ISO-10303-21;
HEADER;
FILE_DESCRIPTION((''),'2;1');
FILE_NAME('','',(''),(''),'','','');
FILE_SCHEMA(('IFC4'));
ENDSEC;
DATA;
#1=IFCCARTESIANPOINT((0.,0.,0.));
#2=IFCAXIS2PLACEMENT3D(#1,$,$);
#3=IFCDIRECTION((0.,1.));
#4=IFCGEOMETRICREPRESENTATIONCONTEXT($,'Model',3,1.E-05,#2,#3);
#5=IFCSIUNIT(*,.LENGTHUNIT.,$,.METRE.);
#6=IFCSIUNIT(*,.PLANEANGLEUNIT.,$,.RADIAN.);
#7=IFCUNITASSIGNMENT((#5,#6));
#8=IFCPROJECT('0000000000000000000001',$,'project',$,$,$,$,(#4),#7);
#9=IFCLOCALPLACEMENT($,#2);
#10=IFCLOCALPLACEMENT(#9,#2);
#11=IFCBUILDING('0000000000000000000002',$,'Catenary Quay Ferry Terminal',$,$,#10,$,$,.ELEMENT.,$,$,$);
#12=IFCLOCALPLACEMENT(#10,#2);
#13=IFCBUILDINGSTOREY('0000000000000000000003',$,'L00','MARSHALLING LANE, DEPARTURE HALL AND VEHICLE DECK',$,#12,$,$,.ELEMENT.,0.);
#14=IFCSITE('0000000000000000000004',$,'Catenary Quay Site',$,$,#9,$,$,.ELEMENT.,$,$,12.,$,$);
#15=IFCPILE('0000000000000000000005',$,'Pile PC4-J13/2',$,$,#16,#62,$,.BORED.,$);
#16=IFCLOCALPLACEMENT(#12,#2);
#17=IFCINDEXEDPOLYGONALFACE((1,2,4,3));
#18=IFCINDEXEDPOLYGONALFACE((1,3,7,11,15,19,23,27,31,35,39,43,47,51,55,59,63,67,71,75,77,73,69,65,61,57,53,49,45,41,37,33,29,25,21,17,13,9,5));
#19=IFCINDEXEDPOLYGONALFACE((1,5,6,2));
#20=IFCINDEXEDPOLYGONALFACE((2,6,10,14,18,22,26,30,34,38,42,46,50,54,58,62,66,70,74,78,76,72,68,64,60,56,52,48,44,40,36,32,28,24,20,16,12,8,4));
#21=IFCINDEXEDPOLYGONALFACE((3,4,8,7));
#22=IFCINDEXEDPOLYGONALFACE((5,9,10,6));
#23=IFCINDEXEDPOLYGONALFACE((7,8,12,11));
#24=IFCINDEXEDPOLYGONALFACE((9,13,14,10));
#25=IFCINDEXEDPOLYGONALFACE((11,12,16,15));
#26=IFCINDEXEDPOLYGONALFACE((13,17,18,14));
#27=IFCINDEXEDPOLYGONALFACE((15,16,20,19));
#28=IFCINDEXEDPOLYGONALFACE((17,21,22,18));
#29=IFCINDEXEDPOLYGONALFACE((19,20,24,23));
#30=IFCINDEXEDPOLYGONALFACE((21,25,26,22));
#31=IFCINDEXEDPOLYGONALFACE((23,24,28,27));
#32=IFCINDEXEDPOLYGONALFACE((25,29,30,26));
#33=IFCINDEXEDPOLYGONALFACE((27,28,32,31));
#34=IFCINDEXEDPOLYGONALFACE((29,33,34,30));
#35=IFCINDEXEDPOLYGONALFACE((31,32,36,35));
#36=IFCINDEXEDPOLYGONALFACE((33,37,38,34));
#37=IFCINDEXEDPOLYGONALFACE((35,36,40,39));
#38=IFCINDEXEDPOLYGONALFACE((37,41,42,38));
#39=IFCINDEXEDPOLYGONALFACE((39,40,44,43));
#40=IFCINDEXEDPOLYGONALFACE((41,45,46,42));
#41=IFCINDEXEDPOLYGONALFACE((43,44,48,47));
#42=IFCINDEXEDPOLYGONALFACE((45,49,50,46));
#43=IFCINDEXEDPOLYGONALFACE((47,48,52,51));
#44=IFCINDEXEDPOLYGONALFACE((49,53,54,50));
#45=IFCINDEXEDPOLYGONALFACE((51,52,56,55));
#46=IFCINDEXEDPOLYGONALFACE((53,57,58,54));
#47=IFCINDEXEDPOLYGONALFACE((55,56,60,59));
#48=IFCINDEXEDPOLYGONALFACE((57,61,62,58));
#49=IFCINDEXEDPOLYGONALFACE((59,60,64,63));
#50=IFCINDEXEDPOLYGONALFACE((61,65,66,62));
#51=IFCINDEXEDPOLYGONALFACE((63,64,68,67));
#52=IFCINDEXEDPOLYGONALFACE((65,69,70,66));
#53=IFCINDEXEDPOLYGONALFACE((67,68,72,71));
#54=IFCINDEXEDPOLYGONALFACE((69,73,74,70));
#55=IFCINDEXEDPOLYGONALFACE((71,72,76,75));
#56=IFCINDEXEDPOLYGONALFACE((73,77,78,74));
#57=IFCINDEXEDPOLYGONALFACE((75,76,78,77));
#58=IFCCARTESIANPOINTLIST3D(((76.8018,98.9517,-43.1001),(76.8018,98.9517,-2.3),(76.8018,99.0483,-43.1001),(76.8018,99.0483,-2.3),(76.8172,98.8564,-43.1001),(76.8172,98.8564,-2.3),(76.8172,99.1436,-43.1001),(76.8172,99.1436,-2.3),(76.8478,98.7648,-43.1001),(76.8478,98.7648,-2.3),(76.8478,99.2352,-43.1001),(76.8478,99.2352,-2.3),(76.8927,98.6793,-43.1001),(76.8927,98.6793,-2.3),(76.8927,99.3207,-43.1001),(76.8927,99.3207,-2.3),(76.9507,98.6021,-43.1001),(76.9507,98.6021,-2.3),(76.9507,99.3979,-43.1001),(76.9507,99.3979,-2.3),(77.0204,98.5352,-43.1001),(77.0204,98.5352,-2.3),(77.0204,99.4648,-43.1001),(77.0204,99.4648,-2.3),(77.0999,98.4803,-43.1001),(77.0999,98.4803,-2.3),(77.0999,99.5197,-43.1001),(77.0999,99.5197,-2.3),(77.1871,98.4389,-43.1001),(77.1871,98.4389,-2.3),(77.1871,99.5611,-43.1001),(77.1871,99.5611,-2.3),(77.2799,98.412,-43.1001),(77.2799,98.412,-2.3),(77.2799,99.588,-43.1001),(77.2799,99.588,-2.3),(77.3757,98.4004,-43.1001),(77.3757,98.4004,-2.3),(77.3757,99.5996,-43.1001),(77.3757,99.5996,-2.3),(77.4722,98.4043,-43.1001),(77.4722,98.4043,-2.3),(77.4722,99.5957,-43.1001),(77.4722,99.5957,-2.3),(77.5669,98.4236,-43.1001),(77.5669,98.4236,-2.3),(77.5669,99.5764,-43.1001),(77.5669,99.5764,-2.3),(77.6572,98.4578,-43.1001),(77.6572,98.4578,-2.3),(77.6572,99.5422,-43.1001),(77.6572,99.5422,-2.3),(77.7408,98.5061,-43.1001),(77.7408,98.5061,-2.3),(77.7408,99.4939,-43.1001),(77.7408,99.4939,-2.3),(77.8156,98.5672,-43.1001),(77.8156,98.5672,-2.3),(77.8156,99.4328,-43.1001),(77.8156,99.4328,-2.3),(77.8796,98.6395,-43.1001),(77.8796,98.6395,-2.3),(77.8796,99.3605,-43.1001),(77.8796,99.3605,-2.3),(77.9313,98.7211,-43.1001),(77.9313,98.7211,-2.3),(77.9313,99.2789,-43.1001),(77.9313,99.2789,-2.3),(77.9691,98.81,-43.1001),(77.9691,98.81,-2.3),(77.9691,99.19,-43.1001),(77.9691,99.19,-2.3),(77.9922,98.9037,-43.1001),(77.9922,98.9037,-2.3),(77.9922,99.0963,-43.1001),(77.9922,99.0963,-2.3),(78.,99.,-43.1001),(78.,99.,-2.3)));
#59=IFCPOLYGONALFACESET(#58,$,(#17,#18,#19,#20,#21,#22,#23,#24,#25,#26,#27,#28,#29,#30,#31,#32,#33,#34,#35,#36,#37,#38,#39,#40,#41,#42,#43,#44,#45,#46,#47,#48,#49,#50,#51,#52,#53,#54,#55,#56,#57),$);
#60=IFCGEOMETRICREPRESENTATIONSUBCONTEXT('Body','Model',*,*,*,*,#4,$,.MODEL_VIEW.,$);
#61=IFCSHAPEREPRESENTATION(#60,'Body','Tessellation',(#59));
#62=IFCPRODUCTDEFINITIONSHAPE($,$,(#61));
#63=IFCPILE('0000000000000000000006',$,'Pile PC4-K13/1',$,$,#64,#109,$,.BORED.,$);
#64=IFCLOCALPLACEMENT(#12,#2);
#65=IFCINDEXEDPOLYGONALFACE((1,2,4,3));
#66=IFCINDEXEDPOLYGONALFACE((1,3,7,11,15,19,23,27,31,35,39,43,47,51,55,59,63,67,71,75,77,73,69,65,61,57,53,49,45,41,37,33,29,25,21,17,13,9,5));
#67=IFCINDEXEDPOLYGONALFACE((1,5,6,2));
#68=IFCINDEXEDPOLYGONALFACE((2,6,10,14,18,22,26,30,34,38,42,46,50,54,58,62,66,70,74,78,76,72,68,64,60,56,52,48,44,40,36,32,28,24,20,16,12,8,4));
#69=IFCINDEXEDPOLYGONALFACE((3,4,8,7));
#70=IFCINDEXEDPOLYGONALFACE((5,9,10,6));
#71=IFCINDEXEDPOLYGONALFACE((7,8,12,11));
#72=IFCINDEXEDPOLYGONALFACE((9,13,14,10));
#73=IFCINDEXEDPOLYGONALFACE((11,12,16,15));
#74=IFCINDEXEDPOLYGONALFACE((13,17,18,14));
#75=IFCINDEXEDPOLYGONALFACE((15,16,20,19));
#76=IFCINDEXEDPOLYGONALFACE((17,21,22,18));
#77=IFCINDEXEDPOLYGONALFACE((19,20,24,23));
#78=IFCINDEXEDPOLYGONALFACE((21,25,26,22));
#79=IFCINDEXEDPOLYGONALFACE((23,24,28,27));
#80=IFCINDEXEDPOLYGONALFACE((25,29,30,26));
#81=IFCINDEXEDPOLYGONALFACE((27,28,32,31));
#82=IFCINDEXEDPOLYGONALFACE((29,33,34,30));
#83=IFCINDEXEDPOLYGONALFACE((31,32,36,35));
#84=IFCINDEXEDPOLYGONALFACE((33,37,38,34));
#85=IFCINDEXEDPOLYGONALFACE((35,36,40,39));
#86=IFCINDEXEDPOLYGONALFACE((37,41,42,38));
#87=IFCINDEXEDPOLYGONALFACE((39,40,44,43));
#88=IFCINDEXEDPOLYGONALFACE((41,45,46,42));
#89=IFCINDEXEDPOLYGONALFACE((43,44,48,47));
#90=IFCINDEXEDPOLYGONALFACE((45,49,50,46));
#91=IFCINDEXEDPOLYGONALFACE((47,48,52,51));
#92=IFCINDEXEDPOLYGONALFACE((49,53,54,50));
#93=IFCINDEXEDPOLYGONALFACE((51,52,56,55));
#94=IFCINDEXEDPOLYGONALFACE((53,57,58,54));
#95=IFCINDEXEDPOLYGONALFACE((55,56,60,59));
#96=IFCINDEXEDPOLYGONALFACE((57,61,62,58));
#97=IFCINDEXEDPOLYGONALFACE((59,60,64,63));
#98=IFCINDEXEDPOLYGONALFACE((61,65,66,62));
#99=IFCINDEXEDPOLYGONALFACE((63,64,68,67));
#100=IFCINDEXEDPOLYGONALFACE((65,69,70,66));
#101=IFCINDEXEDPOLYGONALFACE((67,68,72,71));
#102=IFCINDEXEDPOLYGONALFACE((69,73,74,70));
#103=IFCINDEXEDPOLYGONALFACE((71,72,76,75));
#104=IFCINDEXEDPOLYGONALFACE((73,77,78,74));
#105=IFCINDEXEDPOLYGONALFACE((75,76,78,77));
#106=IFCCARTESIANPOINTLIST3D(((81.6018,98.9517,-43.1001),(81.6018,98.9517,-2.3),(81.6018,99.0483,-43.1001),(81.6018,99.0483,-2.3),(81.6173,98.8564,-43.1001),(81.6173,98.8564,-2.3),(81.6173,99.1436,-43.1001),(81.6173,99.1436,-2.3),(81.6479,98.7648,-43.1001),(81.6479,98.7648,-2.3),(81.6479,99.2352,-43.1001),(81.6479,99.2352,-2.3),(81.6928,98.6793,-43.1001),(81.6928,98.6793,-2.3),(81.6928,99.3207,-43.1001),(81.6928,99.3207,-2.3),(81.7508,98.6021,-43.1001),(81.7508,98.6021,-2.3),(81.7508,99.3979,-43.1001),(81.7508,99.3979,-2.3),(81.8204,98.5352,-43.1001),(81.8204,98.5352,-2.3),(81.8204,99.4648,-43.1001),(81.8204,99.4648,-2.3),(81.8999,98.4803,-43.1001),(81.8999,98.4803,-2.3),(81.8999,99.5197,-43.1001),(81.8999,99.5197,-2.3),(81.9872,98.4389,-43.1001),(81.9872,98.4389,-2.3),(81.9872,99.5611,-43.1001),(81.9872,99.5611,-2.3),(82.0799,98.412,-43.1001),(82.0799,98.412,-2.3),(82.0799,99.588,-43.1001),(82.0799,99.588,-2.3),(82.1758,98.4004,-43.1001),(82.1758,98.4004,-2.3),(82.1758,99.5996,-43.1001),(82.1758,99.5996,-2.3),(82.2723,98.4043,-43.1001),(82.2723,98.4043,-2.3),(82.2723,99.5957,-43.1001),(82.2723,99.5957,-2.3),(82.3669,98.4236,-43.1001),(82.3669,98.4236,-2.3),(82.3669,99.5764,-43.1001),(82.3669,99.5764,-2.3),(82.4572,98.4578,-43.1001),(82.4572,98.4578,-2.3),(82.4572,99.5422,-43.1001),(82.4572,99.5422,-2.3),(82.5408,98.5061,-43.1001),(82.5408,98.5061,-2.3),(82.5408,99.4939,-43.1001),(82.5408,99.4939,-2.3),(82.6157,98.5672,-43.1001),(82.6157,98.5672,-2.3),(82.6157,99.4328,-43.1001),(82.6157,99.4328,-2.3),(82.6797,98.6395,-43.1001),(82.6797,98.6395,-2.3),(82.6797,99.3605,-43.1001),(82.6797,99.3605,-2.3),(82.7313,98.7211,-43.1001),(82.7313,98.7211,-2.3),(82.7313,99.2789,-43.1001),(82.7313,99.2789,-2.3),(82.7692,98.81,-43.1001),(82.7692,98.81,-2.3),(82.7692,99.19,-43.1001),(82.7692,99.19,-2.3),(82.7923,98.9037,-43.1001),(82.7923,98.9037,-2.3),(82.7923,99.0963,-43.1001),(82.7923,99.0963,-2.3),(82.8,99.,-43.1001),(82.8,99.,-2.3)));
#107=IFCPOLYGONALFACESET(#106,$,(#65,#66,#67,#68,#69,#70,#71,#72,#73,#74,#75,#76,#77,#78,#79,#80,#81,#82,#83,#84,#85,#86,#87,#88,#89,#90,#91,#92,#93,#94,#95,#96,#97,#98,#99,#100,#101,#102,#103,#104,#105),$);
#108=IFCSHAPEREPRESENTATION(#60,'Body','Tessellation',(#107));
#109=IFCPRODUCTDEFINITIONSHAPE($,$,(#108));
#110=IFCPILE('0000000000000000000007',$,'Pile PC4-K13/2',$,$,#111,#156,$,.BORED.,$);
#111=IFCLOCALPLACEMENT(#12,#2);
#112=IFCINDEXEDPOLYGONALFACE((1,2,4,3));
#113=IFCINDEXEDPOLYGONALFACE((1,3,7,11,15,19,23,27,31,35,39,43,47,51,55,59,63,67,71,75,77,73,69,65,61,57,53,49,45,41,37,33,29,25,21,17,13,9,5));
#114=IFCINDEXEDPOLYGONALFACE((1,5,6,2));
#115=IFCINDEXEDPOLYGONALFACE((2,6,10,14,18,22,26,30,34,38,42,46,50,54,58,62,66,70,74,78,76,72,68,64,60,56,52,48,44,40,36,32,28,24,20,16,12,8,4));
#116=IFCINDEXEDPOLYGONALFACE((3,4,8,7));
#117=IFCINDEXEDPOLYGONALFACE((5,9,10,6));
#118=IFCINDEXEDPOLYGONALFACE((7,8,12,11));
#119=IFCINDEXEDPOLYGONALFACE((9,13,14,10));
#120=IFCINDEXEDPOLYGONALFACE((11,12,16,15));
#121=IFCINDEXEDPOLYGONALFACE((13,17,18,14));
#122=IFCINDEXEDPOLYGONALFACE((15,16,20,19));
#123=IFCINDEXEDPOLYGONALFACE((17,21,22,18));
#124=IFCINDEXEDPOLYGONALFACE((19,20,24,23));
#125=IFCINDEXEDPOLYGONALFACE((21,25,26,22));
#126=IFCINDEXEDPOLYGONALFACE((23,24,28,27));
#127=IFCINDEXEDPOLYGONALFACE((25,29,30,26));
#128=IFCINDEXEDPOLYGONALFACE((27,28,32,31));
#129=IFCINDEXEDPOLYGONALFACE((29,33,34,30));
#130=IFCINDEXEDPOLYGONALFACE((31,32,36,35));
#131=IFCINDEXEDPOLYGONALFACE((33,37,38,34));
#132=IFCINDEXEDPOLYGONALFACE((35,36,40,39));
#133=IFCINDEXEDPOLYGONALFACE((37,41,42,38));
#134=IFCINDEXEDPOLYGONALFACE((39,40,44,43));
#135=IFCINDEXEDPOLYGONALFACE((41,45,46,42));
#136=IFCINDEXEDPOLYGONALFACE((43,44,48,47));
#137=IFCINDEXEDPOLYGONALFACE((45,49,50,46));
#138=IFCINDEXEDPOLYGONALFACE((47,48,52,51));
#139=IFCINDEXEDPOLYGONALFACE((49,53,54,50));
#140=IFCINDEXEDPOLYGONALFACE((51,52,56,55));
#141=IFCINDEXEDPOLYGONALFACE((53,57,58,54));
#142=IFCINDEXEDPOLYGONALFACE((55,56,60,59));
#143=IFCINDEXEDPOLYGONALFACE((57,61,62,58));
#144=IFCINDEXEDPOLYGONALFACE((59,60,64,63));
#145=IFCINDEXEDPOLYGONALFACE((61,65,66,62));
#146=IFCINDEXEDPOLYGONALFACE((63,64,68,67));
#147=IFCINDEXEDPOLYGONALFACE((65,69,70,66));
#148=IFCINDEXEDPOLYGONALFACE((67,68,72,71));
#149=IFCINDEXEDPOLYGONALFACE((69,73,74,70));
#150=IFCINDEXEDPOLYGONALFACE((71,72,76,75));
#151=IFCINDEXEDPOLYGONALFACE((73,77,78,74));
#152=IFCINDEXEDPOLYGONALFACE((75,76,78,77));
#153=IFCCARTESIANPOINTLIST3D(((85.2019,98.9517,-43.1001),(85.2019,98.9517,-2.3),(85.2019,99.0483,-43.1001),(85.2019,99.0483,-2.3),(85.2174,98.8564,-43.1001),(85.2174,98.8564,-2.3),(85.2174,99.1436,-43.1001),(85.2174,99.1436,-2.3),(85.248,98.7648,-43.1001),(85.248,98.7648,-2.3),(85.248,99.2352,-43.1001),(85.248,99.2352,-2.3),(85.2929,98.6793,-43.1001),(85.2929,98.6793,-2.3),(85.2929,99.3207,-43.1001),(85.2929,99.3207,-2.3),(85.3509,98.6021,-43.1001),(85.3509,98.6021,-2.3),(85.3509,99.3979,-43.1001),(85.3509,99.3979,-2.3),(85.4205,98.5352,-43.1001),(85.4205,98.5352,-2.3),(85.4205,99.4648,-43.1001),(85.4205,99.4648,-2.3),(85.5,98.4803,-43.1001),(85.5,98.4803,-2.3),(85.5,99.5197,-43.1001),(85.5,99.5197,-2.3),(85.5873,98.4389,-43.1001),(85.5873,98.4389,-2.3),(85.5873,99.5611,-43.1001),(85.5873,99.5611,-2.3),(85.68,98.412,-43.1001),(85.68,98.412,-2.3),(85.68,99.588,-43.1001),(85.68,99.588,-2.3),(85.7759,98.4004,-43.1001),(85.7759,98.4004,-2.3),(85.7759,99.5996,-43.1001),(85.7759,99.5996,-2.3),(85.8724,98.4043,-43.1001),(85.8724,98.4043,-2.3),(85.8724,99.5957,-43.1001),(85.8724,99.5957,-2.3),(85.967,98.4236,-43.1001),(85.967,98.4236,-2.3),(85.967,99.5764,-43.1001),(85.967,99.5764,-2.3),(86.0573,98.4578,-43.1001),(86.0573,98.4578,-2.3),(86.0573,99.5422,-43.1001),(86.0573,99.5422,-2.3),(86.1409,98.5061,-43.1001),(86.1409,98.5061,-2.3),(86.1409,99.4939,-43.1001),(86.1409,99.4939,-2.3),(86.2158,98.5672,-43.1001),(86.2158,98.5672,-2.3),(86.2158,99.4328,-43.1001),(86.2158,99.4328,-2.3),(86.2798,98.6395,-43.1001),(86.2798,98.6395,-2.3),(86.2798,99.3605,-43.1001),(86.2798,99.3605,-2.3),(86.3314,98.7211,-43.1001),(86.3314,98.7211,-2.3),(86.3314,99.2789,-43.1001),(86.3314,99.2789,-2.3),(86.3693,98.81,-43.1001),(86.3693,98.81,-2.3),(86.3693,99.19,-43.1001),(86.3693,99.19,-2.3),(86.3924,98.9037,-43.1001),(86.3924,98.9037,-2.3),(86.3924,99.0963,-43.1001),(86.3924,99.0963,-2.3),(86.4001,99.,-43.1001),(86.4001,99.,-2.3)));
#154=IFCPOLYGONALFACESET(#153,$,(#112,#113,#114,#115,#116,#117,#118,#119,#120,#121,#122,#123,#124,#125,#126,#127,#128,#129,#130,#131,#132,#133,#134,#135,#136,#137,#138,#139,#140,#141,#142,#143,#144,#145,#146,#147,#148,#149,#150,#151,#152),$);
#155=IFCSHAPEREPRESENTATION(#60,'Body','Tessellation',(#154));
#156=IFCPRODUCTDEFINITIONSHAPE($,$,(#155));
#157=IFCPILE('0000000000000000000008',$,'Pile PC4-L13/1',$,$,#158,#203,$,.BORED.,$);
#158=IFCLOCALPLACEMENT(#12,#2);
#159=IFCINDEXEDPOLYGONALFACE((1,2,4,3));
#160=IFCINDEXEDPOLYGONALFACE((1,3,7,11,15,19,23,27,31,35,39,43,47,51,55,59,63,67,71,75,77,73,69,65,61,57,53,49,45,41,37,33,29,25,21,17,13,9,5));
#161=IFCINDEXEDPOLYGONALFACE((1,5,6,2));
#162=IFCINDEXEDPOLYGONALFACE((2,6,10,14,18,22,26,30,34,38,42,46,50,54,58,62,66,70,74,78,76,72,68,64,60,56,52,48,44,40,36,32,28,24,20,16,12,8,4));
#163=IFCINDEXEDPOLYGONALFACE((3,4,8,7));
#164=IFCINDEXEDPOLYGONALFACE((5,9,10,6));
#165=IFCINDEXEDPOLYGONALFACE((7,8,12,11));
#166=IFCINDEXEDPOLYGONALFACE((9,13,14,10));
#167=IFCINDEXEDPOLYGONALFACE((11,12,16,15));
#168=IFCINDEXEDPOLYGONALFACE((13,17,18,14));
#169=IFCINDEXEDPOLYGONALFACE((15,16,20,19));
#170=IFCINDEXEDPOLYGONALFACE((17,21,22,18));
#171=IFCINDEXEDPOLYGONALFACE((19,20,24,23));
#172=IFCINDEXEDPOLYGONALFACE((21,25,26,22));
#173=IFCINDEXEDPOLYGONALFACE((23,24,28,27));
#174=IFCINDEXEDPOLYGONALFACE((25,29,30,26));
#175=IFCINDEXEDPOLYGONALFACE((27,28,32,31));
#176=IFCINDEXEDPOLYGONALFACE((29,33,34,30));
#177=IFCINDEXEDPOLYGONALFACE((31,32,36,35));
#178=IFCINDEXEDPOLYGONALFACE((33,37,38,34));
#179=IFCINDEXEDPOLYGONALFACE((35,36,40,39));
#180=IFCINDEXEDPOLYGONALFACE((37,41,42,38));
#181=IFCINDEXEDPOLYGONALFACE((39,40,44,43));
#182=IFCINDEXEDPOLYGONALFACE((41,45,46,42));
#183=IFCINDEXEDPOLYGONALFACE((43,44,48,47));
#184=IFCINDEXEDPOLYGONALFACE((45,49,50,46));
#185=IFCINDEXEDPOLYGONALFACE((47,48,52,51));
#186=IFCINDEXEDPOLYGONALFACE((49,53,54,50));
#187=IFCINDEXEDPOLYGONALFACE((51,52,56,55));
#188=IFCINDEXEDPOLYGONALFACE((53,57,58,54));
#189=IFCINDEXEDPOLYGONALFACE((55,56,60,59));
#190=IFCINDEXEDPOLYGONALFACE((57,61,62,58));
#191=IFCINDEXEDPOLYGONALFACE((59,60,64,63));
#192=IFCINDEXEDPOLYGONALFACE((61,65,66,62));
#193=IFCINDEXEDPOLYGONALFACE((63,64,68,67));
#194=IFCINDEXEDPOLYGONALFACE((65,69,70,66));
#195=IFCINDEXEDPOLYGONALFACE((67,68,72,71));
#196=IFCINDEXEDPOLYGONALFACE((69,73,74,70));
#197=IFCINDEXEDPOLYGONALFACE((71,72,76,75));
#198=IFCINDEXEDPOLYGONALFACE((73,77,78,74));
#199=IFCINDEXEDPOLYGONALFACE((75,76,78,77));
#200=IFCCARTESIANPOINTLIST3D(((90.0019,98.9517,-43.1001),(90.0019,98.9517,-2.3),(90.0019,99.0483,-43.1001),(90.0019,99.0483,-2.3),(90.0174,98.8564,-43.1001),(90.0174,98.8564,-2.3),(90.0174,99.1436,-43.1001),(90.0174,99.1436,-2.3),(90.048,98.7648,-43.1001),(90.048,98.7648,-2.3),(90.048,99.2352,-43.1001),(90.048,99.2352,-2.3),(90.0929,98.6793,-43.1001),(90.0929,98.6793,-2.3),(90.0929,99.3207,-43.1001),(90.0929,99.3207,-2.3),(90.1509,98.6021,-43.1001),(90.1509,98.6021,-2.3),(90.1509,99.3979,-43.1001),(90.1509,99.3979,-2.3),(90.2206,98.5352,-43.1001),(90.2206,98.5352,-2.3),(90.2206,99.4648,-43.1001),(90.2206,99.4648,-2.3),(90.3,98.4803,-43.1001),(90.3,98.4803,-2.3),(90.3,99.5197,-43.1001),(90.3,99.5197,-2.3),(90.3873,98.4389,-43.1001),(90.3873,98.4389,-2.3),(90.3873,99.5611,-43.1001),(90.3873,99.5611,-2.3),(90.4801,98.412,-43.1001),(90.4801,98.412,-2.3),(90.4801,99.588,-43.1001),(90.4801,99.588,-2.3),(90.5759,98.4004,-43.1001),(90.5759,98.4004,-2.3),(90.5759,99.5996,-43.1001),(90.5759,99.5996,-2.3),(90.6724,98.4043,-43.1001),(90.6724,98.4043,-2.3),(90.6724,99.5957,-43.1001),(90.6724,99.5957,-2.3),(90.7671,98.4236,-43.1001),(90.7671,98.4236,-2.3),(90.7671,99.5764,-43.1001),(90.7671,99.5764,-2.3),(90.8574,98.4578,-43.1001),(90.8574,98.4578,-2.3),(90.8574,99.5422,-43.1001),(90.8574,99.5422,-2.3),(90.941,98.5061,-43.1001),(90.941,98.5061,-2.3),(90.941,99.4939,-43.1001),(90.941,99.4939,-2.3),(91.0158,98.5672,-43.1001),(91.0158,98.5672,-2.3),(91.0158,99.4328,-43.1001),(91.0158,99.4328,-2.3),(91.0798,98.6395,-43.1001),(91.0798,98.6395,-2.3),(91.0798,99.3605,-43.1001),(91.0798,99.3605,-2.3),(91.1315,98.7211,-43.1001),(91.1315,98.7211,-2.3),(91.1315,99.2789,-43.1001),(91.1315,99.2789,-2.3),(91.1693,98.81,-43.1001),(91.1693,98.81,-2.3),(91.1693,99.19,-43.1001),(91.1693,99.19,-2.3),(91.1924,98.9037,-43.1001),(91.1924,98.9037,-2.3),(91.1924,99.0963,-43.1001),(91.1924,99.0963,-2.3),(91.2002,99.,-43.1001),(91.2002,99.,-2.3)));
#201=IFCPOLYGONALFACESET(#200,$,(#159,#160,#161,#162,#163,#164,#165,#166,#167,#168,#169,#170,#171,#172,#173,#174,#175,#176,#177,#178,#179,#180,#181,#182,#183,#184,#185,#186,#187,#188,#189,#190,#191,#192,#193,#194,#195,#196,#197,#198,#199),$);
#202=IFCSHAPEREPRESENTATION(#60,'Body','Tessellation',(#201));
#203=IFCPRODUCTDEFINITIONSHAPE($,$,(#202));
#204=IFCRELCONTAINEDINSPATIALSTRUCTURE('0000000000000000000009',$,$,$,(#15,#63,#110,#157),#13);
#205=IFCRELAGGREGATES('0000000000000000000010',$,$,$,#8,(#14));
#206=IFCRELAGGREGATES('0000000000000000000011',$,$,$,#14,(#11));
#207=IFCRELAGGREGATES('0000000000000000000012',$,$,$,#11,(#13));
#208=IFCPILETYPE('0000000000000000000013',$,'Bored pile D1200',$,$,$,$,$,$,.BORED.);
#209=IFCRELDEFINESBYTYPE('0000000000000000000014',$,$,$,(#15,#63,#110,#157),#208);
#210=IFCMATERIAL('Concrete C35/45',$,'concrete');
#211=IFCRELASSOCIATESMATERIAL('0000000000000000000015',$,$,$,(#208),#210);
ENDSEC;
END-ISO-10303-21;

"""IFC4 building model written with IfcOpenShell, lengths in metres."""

from ifc_helpers import new_model, si_unit, direction, frame, origin, origin_2d, place, context, subcontext, project, spatial, circle, extrude, material, material_profile, profile_set, type_object, element, save


model = new_model("IFC4")

# Units and contexts
model_context = context("Model", 3, precision=1e-05, world=origin(), true_north=direction((0.0, 1.0)))
body_context = subcontext(model_context, "Body", "Model", "MODEL_VIEW")
ifc_project = project(units=[si_unit("LENGTHUNIT", "METRE"), si_unit("PLANEANGLEUNIT", "RADIAN")], contexts=[model_context])

# Site, building, storey
site_placement = place(None, origin())
site = spatial("IfcSite", under=ifc_project, at=site_placement, Name="Catenary Quay Site", CompositionType="ELEMENT", RefElevation=12.0)
building_placement = place(site_placement, origin())
building = spatial("IfcBuilding", under=site, at=building_placement, Name="Catenary Quay Ferry Terminal", CompositionType="ELEMENT")
storey_placement = place(building_placement, origin())
storey = spatial("IfcBuildingStorey", under=building, at=storey_placement, Name="L00", Description="MARSHALLING LANE, DEPARTURE HALL AND VEHICLE DECK", CompositionType="ELEMENT", Elevation=0.0)

# Piles
ifc_material_1 = material(Name="Concrete C35/45", Category="concrete")
ifc_material_profile_1 = material_profile(ifc_material_1, circle(Radius=0.6001, at=origin_2d()), Name="D1200")
ifc_profile_set_1 = profile_set([ifc_material_profile_1], Name="Concrete C35/45")
pile_type = type_object("IfcPileType", Name="Bored pile D1200", PredefinedType="BORED", material=ifc_profile_set_1)
for number, where, z_axis, x_axis, name in (
    (1, (77.3999, 99.0, -2.3), (0.0, 0.0, -1.0), (1.0, 0.0, 0.0), "Pile PC4-J13/2"),
    (2, (82.2, 99.0, -2.3), (0.0, 0.0, -1.0), (1.0, 0.0, 0.0), "Pile PC4-K13/1"),
    (3, (85.8, 99.0, -2.3), (0.0, 0.0, -1.0), (1.0, 0.0, 0.0), "Pile PC4-K13/2"),
    (4, (90.6001, 99.0, -2.3), (0.0, 0.0, -1.0), (1.0, 0.0, 0.0), "Pile PC4-L13/1"),
):
    element("IfcPile", number, at=place(storey_placement, frame(where, z_axis=z_axis, x_axis=x_axis)), inside=storey, type_object=pile_type, Name=name, PredefinedType="BORED", context=body_context, shape_type="SweptSolid", body=[
        extrude(circle(Radius=0.6001, at=origin_2d()), origin(), (0.0, 0.0, 1.0), 40.8),
    ])

save(model, "model.ifc")
